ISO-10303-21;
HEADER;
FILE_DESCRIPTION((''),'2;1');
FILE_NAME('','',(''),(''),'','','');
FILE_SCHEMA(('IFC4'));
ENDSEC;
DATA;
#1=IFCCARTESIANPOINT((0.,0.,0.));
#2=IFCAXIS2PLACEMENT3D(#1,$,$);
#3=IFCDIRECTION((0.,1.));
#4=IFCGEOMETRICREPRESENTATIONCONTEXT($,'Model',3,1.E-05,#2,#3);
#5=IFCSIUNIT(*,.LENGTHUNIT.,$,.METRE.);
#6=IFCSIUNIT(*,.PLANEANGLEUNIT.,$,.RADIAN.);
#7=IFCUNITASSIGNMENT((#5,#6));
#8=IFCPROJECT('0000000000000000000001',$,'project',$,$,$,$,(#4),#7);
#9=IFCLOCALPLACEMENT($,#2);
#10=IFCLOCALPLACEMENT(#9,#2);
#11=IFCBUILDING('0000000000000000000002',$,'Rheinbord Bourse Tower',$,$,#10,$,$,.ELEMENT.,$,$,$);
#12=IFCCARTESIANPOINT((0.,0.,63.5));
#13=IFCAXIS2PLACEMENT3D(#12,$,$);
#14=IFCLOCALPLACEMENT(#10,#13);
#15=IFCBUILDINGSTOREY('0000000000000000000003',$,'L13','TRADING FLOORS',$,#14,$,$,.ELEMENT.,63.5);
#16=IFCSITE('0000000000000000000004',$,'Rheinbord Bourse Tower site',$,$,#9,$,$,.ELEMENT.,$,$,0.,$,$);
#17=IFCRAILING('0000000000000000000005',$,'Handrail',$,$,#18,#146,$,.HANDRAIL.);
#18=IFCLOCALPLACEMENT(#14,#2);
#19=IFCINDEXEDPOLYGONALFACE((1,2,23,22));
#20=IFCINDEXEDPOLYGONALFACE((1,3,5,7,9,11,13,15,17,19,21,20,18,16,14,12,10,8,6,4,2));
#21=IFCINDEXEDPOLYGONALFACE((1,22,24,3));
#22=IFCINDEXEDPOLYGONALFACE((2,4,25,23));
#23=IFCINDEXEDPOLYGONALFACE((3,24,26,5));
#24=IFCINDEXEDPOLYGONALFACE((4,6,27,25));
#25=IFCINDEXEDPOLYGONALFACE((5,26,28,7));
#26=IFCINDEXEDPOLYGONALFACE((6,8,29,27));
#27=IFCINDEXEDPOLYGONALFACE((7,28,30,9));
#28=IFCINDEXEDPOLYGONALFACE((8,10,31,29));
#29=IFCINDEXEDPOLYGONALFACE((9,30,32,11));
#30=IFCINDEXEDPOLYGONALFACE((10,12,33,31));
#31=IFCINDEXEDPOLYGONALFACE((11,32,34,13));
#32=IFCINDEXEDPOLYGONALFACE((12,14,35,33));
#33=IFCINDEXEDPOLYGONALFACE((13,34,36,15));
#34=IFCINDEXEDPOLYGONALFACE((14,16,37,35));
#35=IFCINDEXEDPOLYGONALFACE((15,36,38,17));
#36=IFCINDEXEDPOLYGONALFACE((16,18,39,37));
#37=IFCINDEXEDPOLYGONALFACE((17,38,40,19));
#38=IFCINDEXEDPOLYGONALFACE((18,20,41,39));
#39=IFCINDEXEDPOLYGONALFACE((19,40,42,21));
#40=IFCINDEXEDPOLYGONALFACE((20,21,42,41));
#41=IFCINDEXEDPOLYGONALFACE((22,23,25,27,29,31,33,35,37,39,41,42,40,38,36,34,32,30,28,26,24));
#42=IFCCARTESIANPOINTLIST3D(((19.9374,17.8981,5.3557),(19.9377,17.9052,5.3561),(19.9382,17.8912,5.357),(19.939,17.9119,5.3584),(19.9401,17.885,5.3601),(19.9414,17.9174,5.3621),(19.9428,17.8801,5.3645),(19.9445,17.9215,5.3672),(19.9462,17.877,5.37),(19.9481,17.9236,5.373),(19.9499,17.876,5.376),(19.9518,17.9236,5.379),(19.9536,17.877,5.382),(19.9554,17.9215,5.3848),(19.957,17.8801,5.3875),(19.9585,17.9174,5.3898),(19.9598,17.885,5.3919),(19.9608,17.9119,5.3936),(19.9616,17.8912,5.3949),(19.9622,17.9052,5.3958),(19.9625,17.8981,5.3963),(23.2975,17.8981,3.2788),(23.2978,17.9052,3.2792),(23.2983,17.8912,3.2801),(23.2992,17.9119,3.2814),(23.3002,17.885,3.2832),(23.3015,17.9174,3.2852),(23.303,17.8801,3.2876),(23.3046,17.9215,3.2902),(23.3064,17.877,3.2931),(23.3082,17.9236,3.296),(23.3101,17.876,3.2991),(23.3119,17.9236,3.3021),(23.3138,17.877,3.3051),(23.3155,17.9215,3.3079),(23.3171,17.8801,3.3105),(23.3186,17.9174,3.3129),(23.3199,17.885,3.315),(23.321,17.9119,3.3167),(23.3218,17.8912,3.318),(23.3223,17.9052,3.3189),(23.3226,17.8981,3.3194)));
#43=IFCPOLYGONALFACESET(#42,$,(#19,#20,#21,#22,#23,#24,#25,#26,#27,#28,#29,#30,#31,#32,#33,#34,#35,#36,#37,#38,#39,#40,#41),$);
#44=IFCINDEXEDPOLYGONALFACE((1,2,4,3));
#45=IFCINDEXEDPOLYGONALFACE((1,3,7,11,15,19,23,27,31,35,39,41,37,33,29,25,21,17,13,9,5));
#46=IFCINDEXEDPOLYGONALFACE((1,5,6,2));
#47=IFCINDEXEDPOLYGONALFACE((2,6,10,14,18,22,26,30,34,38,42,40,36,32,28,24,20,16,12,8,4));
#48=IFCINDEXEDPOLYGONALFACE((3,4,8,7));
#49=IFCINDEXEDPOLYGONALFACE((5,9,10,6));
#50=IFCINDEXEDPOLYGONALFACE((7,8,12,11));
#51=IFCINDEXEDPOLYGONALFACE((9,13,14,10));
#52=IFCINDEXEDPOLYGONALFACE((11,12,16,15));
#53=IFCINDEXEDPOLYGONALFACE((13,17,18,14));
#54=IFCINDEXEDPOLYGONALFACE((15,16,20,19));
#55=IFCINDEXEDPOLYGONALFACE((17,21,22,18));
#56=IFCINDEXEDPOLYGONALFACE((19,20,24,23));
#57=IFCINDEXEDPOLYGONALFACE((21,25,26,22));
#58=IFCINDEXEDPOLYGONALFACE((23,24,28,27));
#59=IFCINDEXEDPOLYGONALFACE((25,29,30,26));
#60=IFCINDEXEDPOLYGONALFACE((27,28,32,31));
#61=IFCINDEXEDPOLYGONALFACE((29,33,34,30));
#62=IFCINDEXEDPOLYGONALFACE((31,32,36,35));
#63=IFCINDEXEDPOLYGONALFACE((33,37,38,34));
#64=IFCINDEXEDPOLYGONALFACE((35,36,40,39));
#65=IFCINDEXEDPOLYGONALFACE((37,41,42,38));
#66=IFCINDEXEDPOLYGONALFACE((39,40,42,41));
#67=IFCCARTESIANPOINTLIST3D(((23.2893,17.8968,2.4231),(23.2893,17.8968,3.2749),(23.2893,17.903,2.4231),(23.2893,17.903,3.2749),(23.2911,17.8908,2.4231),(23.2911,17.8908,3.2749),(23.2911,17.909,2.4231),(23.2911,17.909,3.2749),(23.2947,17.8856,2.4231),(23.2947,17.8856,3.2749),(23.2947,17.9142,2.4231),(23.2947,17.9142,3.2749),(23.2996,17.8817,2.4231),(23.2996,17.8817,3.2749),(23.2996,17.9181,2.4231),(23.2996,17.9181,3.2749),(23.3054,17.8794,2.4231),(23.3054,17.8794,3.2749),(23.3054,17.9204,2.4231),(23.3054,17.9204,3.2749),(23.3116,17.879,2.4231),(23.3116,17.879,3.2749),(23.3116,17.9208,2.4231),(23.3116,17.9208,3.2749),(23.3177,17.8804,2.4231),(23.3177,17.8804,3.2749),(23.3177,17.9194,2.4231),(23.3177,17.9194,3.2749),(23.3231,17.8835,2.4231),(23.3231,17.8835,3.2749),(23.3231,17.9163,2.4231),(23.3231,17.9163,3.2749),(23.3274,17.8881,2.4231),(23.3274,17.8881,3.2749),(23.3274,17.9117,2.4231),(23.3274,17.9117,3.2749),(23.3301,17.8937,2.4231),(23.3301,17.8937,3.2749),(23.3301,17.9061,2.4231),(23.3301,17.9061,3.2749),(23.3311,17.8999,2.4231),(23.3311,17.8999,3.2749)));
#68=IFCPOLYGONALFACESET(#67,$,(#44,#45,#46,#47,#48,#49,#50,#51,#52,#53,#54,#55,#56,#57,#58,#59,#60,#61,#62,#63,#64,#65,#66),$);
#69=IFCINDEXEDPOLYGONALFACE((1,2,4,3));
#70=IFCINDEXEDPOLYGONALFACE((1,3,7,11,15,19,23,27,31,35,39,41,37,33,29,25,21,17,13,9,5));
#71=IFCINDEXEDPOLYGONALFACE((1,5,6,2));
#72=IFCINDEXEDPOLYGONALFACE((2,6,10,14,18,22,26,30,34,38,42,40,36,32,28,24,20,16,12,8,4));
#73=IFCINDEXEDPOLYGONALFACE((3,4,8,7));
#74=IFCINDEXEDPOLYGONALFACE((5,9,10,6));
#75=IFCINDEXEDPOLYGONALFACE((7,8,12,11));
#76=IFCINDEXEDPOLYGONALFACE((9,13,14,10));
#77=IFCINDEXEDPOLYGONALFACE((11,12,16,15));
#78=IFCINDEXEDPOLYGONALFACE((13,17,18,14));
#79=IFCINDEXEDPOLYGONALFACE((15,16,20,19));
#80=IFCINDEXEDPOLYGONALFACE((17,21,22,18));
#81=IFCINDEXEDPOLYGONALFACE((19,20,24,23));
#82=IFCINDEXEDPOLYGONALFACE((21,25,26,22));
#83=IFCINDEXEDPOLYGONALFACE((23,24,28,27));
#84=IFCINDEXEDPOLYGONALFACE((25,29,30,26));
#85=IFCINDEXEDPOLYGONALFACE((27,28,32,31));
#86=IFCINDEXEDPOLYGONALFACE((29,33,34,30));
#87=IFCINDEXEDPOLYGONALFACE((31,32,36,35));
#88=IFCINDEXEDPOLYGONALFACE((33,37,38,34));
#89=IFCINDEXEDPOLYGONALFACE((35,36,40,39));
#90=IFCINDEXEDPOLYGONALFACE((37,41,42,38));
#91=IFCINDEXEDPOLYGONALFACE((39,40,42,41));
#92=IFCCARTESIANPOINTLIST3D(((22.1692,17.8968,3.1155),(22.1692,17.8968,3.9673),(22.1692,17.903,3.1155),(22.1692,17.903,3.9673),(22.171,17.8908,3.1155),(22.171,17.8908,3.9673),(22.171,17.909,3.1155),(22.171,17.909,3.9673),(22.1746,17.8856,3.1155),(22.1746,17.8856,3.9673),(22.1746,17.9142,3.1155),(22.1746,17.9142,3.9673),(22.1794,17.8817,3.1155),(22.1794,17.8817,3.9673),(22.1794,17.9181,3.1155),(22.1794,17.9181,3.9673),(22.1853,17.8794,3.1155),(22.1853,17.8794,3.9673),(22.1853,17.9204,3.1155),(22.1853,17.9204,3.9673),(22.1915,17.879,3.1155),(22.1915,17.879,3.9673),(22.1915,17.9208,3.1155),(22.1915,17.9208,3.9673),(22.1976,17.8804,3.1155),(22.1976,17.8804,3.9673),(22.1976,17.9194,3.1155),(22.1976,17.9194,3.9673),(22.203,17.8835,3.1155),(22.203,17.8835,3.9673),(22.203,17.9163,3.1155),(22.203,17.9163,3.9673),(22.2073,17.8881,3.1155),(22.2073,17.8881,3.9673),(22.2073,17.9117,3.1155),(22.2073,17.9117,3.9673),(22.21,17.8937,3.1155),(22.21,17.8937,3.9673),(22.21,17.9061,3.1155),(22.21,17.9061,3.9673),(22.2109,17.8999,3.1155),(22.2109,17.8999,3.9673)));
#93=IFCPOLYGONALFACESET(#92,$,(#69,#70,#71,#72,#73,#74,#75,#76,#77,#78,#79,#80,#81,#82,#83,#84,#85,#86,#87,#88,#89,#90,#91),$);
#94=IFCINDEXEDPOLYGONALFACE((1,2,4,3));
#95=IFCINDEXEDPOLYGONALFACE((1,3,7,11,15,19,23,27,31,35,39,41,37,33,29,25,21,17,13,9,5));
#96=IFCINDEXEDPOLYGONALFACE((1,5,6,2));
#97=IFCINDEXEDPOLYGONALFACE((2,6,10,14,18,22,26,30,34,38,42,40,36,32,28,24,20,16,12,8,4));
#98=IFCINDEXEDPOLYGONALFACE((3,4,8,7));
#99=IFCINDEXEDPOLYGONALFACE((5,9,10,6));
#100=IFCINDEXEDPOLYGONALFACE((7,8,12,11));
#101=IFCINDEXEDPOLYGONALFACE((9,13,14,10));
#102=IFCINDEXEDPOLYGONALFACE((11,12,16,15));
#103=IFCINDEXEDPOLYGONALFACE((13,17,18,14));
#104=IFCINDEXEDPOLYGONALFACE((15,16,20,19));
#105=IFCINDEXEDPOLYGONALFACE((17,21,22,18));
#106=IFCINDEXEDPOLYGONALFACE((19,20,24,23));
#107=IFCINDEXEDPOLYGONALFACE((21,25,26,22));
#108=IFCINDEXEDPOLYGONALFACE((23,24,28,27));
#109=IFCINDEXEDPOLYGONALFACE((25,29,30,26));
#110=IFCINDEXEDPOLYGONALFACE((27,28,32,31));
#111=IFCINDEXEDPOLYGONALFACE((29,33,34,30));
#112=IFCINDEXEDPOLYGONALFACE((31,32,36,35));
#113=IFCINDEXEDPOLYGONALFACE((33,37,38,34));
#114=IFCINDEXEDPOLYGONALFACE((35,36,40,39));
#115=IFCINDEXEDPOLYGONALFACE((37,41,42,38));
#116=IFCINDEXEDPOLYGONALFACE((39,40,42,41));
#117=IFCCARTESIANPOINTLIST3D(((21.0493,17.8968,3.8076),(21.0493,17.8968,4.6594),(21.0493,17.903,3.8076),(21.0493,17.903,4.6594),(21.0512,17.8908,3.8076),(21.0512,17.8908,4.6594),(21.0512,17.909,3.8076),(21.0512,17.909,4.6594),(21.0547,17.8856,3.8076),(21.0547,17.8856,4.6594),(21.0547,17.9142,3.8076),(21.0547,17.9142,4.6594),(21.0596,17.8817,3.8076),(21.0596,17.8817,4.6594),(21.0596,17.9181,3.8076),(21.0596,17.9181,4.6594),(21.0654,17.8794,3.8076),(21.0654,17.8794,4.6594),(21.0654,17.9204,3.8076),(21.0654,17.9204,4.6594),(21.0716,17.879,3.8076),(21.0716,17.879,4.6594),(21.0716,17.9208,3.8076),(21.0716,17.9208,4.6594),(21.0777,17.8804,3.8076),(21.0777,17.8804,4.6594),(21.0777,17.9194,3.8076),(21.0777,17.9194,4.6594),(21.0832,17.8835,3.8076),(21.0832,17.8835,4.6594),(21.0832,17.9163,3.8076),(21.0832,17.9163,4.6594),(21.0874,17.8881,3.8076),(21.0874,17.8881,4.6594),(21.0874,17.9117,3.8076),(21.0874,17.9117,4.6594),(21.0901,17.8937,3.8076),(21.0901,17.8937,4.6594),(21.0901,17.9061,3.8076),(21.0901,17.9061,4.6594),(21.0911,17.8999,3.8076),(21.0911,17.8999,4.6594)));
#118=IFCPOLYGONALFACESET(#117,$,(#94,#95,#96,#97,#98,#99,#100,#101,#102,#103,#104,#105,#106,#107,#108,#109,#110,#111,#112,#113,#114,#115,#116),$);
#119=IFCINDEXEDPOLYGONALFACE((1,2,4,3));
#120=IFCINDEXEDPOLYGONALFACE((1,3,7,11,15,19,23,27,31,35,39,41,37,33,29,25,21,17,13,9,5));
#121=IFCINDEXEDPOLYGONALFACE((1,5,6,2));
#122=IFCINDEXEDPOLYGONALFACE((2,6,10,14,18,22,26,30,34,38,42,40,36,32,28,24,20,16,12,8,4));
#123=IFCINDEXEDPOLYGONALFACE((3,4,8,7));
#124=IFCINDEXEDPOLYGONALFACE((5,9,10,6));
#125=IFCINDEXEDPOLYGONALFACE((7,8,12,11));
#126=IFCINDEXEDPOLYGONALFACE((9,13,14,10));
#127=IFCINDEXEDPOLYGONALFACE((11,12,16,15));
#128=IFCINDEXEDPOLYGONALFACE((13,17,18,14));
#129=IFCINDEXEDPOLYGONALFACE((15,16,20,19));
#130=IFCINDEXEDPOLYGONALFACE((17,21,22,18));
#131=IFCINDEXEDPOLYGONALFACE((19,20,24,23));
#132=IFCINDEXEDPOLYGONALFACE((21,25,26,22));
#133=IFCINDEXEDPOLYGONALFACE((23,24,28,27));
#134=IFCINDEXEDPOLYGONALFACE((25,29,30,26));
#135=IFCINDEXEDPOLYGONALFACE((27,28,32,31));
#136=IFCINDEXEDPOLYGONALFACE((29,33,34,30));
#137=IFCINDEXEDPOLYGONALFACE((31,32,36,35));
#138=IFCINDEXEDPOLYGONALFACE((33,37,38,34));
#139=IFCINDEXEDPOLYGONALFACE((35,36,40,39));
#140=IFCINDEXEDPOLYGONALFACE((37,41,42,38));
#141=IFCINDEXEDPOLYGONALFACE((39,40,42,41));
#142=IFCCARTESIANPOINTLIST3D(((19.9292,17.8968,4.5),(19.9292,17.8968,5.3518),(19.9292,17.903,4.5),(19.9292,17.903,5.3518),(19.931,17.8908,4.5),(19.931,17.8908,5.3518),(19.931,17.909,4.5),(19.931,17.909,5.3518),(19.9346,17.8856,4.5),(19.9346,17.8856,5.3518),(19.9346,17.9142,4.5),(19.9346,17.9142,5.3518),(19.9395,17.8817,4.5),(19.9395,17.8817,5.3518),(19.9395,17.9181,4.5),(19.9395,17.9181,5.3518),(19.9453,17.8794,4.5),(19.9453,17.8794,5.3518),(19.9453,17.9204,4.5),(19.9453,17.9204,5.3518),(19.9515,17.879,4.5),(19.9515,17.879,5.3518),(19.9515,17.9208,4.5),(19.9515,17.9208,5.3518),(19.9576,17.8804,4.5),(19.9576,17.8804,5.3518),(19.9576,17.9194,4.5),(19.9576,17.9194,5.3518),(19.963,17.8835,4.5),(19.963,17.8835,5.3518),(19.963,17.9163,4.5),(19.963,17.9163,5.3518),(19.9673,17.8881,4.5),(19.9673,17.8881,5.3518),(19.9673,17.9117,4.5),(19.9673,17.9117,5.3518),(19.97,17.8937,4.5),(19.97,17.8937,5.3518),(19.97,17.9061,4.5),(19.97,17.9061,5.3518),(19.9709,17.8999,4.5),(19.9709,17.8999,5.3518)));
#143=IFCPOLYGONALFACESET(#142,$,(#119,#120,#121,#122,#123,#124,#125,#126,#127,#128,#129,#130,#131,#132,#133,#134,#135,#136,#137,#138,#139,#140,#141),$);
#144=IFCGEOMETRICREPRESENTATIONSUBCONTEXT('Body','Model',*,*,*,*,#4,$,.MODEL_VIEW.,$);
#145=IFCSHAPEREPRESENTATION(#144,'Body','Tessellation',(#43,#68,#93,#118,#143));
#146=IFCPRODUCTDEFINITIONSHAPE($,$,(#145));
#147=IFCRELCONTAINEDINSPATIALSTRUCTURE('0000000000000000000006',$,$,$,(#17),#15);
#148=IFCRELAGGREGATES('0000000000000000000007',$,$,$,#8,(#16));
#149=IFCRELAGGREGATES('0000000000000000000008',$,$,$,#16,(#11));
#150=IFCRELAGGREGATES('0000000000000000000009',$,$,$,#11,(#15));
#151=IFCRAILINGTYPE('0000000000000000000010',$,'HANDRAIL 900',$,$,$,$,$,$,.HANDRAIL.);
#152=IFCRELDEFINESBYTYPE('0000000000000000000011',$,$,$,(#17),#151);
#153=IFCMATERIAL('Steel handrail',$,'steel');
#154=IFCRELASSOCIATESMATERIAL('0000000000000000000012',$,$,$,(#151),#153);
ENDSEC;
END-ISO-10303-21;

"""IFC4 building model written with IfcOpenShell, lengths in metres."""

from ifc_helpers import new_model, si_unit, direction, frame, origin, origin_2d, place, context, subcontext, project, spatial, circle, extrude, material, type_object, element, save


model = new_model("IFC4")

# Units and contexts
model_context = context("Model", 3, precision=1e-05, world=origin(), true_north=direction((0.0, 1.0)))
body_context = subcontext(model_context, "Body", "Model", "MODEL_VIEW")
ifc_project = project(units=[si_unit("LENGTHUNIT", "METRE"), si_unit("PLANEANGLEUNIT", "RADIAN")], contexts=[model_context])

# Site, building, storey
site_placement = place(None, origin())
site = spatial("IfcSite", under=ifc_project, at=site_placement, Name="Rheinbord Bourse Tower site", CompositionType="ELEMENT", RefElevation=0.0)
building_placement = place(site_placement, origin())
building = spatial("IfcBuilding", under=site, at=building_placement, Name="Rheinbord Bourse Tower", CompositionType="ELEMENT")
storey_placement = place(building_placement, frame((0.0, 0.0, 63.5)))
storey = spatial("IfcBuildingStorey", under=building, at=storey_placement, Name="L13", Description="TRADING FLOORS", CompositionType="ELEMENT", Elevation=63.5)

# Railing
ifc_material_1 = material(Name="Steel handrail", Category="steel")
railing_type = type_object("IfcRailingType", Name="HANDRAIL 900", PredefinedType="HANDRAIL", material=ifc_material_1)
railing_1_placement = place(storey_placement, frame((23.3101, 17.8999, 2.4231)))
element("IfcRailing", 1, at=railing_1_placement, inside=storey, type_object=railing_type, Name="Handrail", PredefinedType="HANDRAIL", context=body_context, shape_type="SweptSolid", body=[
    extrude(circle(Radius=0.0239, at=origin_2d()), frame((0.0, 0.0, 0.876), z_axis=(-0.850623, 0.0, 0.525776), x_axis=(0.0, -1.0, 0.0)), (0.0, 0.0, 1.0), 3.9502),
    extrude(circle(Radius=0.021, at=origin_2d()), origin(), (0.0, 0.0, 1.0), 0.8518),
    extrude(circle(Radius=0.021, at=origin_2d()), frame((-1.1201, 0.0, 0.6924)), (0.0, 0.0, 1.0), 0.8518),
    extrude(circle(Radius=0.021, at=origin_2d()), frame((-2.24, 0.0, 1.3845)), (0.0, 0.0, 1.0), 0.8518),
    extrude(circle(Radius=0.021, at=origin_2d()), frame((-3.3601, 0.0, 2.0769)), (0.0, 0.0, 1.0), 0.8518),
])

save(model, "model.ifc")
